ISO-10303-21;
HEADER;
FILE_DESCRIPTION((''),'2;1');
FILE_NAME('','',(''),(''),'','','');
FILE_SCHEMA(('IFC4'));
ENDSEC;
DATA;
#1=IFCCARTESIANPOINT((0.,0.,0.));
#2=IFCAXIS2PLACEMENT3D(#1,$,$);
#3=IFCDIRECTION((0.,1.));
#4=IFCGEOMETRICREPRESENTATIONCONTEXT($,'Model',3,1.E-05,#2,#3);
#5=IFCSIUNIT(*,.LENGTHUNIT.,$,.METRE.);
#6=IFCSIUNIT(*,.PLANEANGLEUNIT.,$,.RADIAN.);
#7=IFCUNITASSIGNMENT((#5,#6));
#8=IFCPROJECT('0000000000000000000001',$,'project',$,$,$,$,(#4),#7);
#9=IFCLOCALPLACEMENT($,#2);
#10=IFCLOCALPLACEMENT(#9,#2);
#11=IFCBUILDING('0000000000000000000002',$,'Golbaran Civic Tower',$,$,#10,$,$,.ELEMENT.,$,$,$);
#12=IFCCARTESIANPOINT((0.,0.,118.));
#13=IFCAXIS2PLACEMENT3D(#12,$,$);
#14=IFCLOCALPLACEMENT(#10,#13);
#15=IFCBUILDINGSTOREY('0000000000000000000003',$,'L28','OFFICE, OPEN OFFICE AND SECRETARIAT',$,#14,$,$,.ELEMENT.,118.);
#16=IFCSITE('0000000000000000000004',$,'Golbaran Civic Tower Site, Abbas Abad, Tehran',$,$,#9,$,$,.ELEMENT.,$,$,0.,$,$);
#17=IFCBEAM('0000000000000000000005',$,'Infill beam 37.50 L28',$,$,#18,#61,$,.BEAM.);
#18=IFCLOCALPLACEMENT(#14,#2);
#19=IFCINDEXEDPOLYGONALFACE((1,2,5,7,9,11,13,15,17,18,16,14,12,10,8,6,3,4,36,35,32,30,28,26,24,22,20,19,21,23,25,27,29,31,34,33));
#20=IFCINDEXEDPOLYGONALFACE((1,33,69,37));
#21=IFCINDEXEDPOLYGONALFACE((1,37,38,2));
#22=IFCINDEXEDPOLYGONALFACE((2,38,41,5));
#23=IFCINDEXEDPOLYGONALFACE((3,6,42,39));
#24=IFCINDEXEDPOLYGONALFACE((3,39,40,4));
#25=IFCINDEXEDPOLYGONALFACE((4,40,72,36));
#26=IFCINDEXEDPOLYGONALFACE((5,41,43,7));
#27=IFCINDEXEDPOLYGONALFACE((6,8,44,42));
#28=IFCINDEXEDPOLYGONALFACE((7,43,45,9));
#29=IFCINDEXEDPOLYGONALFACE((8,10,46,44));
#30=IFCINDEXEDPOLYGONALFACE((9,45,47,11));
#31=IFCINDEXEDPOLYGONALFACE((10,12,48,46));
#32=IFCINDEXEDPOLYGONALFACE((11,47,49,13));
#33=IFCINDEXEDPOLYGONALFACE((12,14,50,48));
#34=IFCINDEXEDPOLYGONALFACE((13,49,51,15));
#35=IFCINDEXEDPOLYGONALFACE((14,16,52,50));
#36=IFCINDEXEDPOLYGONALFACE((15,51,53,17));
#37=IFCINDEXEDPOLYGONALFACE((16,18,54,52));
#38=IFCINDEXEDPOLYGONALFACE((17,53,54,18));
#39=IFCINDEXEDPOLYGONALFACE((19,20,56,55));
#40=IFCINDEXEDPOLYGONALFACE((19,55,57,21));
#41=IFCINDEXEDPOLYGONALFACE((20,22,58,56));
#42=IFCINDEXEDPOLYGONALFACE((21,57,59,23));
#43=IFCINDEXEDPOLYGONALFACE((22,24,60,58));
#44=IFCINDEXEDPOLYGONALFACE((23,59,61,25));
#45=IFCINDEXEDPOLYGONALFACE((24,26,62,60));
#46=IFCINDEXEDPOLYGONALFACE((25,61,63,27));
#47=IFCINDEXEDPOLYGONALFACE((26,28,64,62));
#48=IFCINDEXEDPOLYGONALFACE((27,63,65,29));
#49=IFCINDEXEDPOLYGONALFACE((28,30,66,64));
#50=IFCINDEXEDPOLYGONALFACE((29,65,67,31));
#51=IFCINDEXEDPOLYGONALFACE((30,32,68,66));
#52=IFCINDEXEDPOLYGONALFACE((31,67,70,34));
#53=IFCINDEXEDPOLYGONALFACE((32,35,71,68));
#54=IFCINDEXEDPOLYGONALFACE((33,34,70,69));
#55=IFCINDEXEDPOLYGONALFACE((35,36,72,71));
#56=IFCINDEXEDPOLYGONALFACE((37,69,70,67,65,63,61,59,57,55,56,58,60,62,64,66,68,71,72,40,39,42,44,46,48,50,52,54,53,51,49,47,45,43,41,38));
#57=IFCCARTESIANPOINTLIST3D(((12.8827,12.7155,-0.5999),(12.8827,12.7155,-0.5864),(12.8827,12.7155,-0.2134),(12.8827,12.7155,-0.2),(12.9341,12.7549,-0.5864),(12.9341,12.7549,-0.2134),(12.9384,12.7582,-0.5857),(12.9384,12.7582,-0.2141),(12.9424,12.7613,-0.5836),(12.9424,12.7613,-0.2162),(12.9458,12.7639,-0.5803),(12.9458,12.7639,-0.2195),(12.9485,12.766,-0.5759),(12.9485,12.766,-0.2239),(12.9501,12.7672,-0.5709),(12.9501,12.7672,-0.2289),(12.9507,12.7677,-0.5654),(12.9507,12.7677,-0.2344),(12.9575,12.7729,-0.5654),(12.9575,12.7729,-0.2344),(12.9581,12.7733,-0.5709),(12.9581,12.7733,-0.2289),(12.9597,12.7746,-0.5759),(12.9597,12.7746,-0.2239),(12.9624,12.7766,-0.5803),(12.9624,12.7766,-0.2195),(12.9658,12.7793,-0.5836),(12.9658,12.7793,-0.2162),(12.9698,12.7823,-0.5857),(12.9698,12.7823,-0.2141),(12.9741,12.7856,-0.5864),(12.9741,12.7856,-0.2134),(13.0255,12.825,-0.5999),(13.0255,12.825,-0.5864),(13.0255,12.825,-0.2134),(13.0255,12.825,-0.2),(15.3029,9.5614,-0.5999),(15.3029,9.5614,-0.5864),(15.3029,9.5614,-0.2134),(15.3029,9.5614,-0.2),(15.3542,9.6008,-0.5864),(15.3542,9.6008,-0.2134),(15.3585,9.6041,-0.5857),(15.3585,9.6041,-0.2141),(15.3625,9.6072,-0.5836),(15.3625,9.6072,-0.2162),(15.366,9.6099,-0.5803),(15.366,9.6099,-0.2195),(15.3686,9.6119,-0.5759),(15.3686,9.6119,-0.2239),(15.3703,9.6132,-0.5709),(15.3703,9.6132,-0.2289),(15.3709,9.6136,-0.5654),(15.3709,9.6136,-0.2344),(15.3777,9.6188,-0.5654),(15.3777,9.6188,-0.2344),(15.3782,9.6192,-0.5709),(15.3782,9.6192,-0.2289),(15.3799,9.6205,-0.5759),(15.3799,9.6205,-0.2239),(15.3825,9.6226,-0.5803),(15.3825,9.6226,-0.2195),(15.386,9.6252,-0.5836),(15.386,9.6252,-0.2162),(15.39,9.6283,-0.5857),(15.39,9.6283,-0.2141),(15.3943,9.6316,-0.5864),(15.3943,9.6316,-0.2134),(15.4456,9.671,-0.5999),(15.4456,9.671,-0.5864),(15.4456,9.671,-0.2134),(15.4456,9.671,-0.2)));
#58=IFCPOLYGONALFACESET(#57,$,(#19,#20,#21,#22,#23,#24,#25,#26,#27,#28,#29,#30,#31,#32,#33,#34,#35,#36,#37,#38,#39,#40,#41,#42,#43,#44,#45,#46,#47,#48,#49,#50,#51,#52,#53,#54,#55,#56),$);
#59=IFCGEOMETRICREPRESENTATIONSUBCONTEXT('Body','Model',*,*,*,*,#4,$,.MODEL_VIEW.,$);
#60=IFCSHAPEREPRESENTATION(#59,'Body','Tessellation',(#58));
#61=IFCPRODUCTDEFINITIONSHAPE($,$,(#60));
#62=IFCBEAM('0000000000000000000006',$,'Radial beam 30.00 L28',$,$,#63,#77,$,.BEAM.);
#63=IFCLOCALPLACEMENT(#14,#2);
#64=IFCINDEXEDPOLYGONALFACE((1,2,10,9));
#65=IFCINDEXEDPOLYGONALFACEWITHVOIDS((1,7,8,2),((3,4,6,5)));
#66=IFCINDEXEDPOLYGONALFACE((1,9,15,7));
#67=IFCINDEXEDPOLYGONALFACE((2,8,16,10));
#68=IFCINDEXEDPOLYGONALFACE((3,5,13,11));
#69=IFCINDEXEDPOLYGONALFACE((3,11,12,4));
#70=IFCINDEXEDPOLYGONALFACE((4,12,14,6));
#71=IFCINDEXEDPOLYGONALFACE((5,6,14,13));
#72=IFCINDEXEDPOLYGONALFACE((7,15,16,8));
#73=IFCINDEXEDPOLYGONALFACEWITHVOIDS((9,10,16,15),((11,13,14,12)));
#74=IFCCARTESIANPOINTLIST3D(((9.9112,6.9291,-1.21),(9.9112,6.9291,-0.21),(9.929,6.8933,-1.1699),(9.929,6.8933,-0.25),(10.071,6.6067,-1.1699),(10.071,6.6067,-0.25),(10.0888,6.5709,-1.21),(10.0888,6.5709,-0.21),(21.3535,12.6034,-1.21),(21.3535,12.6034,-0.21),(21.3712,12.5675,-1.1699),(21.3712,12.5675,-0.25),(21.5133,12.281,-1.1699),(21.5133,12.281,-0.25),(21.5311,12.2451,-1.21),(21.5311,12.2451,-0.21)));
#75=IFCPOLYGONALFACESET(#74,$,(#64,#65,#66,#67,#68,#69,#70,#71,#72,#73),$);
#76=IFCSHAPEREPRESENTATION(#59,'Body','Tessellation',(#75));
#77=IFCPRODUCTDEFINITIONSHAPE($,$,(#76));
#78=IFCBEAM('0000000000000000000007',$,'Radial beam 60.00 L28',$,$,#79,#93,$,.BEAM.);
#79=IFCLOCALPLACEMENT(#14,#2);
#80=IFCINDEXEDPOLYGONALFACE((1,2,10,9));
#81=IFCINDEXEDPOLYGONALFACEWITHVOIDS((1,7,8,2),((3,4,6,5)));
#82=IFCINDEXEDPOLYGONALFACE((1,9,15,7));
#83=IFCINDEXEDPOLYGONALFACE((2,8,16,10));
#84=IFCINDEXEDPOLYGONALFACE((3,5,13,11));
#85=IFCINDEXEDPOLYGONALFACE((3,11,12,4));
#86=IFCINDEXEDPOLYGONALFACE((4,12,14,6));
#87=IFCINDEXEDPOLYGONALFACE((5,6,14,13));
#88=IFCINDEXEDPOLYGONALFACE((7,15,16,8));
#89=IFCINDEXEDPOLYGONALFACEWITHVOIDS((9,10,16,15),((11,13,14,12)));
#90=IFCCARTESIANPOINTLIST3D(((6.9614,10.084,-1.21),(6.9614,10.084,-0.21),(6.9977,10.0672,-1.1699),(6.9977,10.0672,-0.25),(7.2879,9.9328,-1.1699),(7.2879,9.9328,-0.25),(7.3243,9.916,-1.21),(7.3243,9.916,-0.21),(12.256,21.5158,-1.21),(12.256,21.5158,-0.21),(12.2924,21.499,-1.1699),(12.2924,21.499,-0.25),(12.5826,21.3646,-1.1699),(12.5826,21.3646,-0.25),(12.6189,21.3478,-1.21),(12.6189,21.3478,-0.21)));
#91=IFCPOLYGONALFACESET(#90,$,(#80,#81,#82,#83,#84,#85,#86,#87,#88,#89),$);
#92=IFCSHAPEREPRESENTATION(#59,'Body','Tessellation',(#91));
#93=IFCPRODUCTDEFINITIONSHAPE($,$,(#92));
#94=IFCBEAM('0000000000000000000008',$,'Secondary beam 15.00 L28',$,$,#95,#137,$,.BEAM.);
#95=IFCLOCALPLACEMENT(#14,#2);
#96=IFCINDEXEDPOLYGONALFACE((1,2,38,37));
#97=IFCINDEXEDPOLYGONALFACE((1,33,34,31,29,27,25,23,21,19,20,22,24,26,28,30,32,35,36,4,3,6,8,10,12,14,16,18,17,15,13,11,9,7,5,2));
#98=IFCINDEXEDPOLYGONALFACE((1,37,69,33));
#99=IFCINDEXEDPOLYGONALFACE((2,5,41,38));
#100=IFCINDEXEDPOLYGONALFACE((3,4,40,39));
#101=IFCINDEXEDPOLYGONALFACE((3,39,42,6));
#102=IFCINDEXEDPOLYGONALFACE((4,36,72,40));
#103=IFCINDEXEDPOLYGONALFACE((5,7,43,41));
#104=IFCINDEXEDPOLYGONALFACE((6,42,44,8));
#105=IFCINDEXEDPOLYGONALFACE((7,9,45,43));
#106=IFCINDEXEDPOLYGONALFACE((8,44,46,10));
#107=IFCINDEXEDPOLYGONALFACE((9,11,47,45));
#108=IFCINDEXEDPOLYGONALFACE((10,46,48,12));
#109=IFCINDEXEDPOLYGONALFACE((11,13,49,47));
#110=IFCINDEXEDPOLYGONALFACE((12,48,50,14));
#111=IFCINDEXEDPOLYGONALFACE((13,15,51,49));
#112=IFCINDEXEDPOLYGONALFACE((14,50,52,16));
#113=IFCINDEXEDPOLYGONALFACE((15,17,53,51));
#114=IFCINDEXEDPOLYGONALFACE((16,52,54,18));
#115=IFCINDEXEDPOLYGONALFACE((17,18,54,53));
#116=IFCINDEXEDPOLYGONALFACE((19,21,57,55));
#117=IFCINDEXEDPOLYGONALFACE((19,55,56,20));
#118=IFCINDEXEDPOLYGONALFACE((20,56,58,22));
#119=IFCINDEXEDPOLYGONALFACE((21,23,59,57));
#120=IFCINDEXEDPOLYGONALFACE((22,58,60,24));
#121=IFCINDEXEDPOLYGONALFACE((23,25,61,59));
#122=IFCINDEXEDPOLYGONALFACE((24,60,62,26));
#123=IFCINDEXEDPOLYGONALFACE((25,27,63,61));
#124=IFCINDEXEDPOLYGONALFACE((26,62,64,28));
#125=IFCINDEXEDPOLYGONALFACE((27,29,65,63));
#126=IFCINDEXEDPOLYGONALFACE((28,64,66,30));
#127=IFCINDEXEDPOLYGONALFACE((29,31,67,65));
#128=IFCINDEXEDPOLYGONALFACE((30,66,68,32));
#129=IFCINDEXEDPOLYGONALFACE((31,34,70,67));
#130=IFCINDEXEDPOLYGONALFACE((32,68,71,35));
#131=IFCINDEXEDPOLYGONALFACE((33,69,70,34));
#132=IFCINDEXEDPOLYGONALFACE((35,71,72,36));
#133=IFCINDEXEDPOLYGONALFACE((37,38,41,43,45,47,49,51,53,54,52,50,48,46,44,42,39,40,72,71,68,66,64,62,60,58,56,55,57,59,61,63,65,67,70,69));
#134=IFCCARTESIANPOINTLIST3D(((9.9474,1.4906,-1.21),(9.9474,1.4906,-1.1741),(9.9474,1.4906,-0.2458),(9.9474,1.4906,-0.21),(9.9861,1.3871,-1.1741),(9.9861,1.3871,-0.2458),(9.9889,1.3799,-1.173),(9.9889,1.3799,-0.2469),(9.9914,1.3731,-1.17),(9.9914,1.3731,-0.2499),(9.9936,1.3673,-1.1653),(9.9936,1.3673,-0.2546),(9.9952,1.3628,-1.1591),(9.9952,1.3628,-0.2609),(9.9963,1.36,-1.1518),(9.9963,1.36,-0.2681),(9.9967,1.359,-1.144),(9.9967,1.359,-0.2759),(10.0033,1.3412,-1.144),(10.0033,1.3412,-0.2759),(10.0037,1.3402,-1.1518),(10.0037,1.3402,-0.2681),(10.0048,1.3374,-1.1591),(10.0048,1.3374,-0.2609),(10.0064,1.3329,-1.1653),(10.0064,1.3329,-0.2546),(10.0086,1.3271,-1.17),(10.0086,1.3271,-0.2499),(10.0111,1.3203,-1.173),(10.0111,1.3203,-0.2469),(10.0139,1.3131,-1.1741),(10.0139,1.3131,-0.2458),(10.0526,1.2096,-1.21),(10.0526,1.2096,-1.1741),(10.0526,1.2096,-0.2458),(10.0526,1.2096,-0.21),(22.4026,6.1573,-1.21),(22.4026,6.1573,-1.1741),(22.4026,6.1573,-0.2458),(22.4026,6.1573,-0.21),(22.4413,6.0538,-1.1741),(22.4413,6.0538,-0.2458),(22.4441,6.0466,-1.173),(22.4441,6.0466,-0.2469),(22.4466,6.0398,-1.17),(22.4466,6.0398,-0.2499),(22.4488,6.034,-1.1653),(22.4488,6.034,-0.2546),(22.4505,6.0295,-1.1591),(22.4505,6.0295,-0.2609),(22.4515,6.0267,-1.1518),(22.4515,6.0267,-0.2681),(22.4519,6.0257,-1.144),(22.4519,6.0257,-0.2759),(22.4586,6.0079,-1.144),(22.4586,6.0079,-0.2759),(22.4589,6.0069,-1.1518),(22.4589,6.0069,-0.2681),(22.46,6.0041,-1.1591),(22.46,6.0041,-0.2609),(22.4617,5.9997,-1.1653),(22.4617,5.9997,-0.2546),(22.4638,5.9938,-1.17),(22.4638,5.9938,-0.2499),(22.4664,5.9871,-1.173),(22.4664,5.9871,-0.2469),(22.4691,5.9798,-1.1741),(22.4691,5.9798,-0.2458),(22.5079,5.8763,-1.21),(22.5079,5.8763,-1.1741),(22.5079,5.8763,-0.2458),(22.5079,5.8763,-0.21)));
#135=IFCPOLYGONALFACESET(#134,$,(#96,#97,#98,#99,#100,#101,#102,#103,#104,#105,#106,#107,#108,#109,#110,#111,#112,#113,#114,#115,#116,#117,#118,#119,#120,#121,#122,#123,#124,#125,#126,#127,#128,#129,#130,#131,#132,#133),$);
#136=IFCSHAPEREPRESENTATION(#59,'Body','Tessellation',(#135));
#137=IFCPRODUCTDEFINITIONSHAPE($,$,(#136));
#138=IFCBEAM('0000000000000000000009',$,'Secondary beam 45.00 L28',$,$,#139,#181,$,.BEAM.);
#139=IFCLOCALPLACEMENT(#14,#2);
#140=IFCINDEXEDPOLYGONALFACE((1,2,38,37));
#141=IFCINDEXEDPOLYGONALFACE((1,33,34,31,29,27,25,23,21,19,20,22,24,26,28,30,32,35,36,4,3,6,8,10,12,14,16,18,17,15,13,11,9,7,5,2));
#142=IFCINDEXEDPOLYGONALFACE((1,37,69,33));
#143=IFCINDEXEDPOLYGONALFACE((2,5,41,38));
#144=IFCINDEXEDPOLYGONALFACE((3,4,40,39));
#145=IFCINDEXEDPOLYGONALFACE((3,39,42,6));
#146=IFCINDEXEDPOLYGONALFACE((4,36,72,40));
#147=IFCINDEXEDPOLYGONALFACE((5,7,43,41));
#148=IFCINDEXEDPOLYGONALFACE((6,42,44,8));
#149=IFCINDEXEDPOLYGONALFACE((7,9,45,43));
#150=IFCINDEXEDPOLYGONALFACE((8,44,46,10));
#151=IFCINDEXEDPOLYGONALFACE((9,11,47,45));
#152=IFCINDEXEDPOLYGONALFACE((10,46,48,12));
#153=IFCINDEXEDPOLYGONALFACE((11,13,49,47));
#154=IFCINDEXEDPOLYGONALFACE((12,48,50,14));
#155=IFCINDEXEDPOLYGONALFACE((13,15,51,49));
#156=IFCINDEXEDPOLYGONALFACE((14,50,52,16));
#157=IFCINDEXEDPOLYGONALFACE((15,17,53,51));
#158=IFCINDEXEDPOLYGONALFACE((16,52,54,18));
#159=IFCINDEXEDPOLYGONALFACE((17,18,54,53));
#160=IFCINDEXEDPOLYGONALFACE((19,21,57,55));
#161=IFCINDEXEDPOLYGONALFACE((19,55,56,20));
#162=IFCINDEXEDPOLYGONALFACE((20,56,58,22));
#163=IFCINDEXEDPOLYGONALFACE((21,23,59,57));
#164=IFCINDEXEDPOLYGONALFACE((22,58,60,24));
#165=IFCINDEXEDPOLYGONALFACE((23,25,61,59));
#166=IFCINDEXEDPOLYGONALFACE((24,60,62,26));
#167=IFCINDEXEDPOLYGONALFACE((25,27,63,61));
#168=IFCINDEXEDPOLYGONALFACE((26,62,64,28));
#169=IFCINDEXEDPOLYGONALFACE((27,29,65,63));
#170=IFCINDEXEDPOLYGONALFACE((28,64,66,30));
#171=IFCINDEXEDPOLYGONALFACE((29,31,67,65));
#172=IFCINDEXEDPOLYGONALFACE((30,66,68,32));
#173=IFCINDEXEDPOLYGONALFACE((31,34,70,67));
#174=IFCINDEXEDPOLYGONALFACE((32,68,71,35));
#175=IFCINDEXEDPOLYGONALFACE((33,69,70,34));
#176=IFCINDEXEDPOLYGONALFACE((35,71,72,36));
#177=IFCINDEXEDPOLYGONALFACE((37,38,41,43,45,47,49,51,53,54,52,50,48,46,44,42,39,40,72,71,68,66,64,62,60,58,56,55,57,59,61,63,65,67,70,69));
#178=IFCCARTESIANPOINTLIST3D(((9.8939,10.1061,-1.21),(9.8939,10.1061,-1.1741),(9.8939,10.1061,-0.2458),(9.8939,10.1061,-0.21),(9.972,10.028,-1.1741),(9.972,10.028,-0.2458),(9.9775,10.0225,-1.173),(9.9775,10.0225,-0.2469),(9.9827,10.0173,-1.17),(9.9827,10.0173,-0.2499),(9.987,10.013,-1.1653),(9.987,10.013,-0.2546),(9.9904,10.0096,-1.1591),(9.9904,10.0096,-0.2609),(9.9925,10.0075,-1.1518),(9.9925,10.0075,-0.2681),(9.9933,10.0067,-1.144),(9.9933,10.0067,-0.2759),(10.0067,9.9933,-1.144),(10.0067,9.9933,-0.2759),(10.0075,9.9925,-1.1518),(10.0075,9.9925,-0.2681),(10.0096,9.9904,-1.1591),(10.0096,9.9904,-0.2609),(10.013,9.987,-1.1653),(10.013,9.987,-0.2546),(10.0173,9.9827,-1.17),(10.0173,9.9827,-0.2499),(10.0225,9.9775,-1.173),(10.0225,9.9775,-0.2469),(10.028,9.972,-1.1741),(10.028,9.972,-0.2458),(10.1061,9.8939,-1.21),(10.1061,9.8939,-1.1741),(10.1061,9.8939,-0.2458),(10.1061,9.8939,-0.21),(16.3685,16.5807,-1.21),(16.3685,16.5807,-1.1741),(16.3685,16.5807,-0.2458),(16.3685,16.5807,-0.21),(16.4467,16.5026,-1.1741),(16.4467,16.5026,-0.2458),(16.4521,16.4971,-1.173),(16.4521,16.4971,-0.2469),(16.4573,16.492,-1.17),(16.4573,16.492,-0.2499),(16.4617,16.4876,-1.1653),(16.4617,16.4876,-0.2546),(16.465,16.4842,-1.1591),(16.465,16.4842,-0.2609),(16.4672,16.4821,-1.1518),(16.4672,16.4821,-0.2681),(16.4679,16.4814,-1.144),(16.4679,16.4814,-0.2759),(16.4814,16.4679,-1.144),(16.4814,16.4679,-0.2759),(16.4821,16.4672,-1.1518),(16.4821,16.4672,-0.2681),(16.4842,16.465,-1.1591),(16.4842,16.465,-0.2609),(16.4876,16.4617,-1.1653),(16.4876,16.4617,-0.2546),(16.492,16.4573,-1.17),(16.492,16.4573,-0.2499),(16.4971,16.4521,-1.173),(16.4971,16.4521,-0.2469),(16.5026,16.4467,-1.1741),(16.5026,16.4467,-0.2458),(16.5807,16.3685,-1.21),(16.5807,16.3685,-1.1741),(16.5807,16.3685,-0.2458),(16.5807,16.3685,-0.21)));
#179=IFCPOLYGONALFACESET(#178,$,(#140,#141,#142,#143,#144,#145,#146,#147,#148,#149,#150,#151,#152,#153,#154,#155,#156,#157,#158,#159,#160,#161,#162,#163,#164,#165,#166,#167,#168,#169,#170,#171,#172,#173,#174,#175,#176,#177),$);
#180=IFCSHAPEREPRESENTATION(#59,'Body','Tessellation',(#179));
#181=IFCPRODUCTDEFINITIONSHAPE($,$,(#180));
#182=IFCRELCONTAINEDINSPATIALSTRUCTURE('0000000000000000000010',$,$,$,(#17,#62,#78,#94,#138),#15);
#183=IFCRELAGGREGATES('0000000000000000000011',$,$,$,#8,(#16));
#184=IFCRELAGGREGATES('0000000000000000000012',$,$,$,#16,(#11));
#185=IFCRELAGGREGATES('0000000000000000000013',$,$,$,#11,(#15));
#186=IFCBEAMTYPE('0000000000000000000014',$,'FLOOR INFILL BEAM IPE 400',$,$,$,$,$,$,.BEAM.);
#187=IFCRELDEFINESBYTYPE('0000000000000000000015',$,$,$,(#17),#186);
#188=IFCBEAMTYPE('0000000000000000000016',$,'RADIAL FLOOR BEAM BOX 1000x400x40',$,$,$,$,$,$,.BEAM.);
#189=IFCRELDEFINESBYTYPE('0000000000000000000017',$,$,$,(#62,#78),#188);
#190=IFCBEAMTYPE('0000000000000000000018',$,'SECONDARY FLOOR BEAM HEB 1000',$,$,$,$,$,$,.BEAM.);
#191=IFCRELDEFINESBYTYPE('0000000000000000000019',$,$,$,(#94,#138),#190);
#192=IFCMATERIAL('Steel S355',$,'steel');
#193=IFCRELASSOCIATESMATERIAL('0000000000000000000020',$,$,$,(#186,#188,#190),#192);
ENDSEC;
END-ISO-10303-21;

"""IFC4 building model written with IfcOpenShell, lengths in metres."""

from ifc_helpers import new_model, si_unit, direction, frame, origin, origin_2d, place, context, subcontext, project, spatial, hollow_rectangle, i_section, extrude, material, material_profile, profile_set, type_object, element, save


model = new_model("IFC4")

# Units and contexts
model_context = context("Model", 3, precision=1e-05, world=origin(), true_north=direction((0.0, 1.0)))
body_context = subcontext(model_context, "Body", "Model", "MODEL_VIEW")
ifc_project = project(units=[si_unit("LENGTHUNIT", "METRE"), si_unit("PLANEANGLEUNIT", "RADIAN")], contexts=[model_context])

# Site, building, storey
site_placement = place(None, origin())
site = spatial("IfcSite", under=ifc_project, at=site_placement, Name="Golbaran Civic Tower Site, Abbas Abad, Tehran", CompositionType="ELEMENT", RefElevation=0.0)
building_placement = place(site_placement, origin())
building = spatial("IfcBuilding", under=site, at=building_placement, Name="Golbaran Civic Tower", CompositionType="ELEMENT")
storey_placement = place(building_placement, frame((0.0, 0.0, 118.0)))
storey = spatial("IfcBuildingStorey", under=building, at=storey_placement, Name="L28", Description="OFFICE, OPEN OFFICE AND SECRETARIAT", CompositionType="ELEMENT", Elevation=118.0)

# Beams
ifc_material_1 = material(Name="Steel S355", Category="steel")
ifc_material_profile_1 = material_profile(ifc_material_1, i_section(OverallWidth=0.1799, OverallDepth=0.3999, WebThickness=0.0085, FlangeThickness=0.0134, FilletRadius=0.021, at=origin_2d()), Name="IPE 400")
ifc_profile_set_1 = profile_set([ifc_material_profile_1], Name="Steel S355")
beam_type_1 = type_object("IfcBeamType", Name="FLOOR INFILL BEAM IPE 400", PredefinedType="BEAM", material=ifc_profile_set_1)
beam_1_placement = place(storey_placement, frame((15.3743, 9.6162, -0.3999), z_axis=(-0.608758, 0.793356, 0.0), x_axis=(-0.793356, -0.608758, 0.0)))
element("IfcBeam", 1, at=beam_1_placement, inside=storey, type_object=beam_type_1, Name="Infill beam 37.50 L28", PredefinedType="BEAM", context=body_context, shape_type="SweptSolid", body=[
    extrude(i_section(OverallWidth=0.1799, OverallDepth=0.3999, WebThickness=0.0085, FlangeThickness=0.0134, FilletRadius=0.021, at=origin_2d()), origin(), (0.0, 0.0, 1.0), 3.9756),
])
ifc_material_profile_2 = material_profile(ifc_material_1, hollow_rectangle(XDim=0.3999, YDim=1.0, WallThickness=0.04, at=origin_2d()), Name="BOX 1000x400x40")
ifc_profile_set_2 = profile_set([ifc_material_profile_2], Name="Steel S355")
beam_type_2 = type_object("IfcBeamType", Name="RADIAL FLOOR BEAM BOX 1000x400x40", PredefinedType="BEAM", material=ifc_profile_set_2)
beam_2_placement = place(storey_placement, frame((10.0, 6.75, -0.71), z_axis=(0.89589, 0.444275, 0.0), x_axis=(-0.444275, 0.89589, 0.0)))
element("IfcBeam", 2, at=beam_2_placement, inside=storey, type_object=beam_type_2, Name="Radial beam 30.00 L28", PredefinedType="BEAM", context=body_context, shape_type="SweptSolid", body=[
    extrude(hollow_rectangle(XDim=0.3999, YDim=1.0, WallThickness=0.04, at=origin_2d()), origin(), (0.0, 0.0, 1.0), 12.772),
])
beam_3_placement = place(storey_placement, frame((7.1428, 10.0, -0.71), z_axis=(0.420263, 0.907402, 0.0), x_axis=(-0.907402, 0.420263, 0.0)))
element("IfcBeam", 3, at=beam_3_placement, inside=storey, type_object=beam_type_2, Name="Radial beam 60.00 L28", PredefinedType="BEAM", context=body_context, shape_type="SweptSolid", body=[
    extrude(hollow_rectangle(XDim=0.3999, YDim=1.0, WallThickness=0.04, at=origin_2d()), origin(), (0.0, 0.0, 1.0), 12.5984),
])
ifc_material_profile_3 = material_profile(ifc_material_1, i_section(OverallWidth=0.3, OverallDepth=1.0, WebThickness=0.019, FlangeThickness=0.0359, FilletRadius=0.03, at=origin_2d()), Name="HEB 1000")
ifc_profile_set_3 = profile_set([ifc_material_profile_3], Name="Steel S355")
beam_type_3 = type_object("IfcBeamType", Name="SECONDARY FLOOR BEAM HEB 1000", PredefinedType="BEAM", material=ifc_profile_set_3)
beam_4_placement = place(storey_placement, frame((10.0, 1.3501, -0.71), z_axis=(0.936428, 0.35086, 0.0), x_axis=(-0.35086, 0.936428, 0.0)))
element("IfcBeam", 4, at=beam_4_placement, inside=storey, type_object=beam_type_3, Name="Secondary beam 15.00 L28", PredefinedType="BEAM", context=body_context, shape_type="SweptSolid", body=[
    extrude(i_section(OverallWidth=0.3, OverallDepth=1.0, WebThickness=0.019, FlangeThickness=0.0359, FilletRadius=0.03, at=origin_2d()), origin(), (0.0, 0.0, 1.0), 13.3008),
])
beam_5_placement = place(storey_placement, frame((10.0, 10.0, -0.71), z_axis=(0.707107, 0.707107, 0.0), x_axis=(-0.707107, 0.707107, 0.0)))
element("IfcBeam", 5, at=beam_5_placement, inside=storey, type_object=beam_type_3, Name="Secondary beam 45.00 L28", PredefinedType="BEAM", context=body_context, shape_type="SweptSolid", body=[
    extrude(i_section(OverallWidth=0.3, OverallDepth=1.0, WebThickness=0.019, FlangeThickness=0.0359, FilletRadius=0.03, at=origin_2d()), origin(), (0.0, 0.0, 1.0), 9.1565),
])

save(model, "model.ifc")
